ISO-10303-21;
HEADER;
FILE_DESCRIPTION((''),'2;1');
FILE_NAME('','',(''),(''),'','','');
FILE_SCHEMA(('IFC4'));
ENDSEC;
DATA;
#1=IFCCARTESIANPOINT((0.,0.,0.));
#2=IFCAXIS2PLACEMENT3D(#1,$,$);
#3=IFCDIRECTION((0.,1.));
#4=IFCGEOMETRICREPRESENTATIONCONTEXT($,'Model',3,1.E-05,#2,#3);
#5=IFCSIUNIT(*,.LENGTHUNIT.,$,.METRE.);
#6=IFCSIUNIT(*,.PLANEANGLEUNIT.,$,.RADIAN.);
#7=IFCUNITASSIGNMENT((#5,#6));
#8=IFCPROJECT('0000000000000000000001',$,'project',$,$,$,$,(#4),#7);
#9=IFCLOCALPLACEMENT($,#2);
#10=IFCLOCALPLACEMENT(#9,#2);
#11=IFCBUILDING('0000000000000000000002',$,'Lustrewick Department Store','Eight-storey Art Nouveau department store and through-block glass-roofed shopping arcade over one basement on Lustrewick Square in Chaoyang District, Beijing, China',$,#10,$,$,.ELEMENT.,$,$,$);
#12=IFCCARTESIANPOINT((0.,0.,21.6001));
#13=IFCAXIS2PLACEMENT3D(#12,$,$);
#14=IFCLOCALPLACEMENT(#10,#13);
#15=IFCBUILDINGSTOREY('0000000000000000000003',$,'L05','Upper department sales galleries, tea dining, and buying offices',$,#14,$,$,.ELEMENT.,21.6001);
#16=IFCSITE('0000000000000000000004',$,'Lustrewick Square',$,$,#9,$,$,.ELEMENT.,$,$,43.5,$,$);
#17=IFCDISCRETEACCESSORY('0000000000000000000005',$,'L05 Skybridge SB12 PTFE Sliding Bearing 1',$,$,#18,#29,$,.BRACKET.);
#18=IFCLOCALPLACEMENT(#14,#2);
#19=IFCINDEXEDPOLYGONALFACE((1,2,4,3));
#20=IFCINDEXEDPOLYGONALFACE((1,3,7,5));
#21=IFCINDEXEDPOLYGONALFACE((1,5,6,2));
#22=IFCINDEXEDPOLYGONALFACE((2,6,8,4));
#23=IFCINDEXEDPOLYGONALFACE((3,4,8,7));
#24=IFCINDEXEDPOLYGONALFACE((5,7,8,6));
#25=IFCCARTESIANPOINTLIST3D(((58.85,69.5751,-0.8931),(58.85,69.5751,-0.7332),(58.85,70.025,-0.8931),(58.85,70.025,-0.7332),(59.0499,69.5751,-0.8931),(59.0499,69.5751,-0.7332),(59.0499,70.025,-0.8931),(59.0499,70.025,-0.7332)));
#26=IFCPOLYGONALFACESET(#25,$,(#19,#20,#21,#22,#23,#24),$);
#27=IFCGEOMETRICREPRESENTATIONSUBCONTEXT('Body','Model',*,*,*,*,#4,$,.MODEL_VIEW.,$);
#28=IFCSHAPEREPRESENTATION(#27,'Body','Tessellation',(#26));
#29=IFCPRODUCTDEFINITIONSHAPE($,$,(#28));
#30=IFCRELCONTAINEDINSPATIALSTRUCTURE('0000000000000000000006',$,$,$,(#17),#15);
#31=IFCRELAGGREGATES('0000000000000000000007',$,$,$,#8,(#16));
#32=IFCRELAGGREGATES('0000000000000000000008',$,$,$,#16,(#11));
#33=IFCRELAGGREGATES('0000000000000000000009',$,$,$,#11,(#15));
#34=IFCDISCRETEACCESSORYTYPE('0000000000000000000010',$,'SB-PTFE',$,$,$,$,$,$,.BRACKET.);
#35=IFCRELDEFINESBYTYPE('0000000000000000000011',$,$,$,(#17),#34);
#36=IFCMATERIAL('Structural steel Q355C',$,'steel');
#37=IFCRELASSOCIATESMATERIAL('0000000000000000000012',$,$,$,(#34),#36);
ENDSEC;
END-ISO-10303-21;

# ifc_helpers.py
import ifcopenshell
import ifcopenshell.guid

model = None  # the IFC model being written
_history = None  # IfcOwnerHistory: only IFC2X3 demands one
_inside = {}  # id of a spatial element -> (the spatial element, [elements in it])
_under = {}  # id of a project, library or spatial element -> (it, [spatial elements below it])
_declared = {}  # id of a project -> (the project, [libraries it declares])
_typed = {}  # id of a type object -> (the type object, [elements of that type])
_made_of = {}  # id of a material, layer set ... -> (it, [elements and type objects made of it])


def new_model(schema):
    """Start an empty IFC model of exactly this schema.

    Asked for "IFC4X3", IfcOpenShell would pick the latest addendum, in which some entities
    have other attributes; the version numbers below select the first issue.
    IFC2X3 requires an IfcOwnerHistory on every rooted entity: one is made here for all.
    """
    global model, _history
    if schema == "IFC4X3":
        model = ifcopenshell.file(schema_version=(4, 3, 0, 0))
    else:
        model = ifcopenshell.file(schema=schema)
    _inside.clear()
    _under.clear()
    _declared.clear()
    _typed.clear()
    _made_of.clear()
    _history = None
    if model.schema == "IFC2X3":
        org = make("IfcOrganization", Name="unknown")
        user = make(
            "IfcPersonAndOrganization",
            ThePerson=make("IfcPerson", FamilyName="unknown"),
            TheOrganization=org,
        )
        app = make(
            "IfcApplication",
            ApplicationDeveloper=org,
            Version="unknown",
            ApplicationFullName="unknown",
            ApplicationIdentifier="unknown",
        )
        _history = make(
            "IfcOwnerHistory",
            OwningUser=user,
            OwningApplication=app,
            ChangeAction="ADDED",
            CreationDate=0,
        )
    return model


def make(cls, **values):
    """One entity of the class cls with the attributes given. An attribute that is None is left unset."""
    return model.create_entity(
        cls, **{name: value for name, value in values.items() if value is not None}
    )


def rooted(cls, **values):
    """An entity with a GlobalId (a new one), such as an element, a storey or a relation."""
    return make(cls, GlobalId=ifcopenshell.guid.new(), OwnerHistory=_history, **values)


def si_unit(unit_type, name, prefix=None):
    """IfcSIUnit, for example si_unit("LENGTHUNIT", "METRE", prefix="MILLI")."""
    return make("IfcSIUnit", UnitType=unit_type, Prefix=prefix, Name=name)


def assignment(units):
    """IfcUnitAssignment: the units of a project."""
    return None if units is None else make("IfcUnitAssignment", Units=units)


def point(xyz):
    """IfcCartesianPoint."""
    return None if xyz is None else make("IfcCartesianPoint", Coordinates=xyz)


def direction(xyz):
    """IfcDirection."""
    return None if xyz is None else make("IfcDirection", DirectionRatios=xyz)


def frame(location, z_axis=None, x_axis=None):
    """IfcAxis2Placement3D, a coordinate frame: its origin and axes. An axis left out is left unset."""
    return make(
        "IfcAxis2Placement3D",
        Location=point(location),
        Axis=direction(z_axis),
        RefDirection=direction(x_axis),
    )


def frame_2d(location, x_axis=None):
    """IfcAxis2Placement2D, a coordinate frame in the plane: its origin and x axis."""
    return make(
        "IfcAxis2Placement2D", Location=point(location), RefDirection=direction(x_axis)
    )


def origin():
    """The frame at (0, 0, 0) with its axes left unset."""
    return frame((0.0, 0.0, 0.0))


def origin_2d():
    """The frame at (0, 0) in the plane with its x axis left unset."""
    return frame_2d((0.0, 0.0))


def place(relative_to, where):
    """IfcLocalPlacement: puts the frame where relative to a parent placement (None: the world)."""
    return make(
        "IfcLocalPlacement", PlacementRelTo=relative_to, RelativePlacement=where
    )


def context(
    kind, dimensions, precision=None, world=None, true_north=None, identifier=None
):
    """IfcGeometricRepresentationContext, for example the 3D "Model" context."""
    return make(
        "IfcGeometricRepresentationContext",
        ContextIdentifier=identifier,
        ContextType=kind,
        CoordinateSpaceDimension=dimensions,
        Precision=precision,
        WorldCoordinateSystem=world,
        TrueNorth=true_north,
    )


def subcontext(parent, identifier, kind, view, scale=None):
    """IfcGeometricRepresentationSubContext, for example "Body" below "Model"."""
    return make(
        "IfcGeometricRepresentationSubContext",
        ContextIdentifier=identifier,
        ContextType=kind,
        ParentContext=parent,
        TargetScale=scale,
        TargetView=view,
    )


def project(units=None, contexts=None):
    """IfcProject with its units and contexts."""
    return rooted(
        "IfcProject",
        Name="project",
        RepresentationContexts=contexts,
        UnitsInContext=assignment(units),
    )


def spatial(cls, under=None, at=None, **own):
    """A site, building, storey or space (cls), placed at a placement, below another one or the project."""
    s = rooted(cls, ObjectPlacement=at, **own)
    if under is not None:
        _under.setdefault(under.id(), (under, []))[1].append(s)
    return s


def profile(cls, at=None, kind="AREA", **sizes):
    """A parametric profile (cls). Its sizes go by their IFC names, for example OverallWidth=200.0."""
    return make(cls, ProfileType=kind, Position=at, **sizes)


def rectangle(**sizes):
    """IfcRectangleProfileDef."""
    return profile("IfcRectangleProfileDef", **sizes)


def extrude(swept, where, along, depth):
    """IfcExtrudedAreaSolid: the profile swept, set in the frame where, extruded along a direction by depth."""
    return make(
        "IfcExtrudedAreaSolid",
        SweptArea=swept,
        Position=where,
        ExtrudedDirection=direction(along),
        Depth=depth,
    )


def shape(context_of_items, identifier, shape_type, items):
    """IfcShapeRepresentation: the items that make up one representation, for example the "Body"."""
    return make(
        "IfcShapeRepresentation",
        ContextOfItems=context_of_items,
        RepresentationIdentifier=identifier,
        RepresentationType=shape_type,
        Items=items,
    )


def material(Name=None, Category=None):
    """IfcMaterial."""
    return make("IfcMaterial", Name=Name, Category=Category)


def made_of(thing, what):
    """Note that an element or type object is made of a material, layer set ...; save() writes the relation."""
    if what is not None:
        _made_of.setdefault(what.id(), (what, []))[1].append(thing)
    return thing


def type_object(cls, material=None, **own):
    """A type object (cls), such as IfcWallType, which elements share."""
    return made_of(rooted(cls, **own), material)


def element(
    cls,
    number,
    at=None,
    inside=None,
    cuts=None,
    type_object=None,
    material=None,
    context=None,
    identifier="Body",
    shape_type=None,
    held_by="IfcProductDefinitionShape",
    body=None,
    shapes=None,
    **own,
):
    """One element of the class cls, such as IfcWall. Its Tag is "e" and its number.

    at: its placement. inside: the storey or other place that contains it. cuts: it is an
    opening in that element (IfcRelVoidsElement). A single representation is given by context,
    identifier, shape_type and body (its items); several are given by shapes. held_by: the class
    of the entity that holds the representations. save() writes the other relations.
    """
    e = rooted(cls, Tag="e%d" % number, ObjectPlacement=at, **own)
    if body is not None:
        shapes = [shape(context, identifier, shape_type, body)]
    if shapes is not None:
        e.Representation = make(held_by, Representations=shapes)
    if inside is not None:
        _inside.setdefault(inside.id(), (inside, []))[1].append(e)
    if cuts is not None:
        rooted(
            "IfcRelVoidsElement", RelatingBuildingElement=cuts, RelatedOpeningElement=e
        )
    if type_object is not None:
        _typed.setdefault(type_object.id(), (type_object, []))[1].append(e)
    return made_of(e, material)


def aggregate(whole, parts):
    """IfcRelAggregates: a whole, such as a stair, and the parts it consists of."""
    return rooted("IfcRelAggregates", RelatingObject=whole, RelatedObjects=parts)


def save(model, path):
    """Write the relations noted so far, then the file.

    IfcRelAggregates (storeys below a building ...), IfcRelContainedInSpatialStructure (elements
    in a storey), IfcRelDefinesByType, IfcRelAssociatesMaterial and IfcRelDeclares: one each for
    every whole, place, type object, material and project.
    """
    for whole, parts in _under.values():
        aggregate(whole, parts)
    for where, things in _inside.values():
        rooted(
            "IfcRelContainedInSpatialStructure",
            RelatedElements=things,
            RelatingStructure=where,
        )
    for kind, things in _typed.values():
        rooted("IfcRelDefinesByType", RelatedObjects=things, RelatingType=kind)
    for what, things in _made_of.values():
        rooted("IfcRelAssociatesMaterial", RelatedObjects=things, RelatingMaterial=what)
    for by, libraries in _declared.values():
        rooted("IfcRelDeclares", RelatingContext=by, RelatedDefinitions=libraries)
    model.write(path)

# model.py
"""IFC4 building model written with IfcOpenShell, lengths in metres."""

from ifc_helpers import new_model, si_unit, direction, frame, origin, origin_2d, place, context, subcontext, project, spatial, rectangle, extrude, material, type_object, element, save


model = new_model("IFC4")

# Units and contexts
model_context = context("Model", 3, precision=1e-05, world=origin(), true_north=direction((0.0, 1.0)))
body_context = subcontext(model_context, "Body", "Model", "MODEL_VIEW")
ifc_project = project(units=[si_unit("LENGTHUNIT", "METRE"), si_unit("PLANEANGLEUNIT", "RADIAN")], contexts=[model_context])

# Site, building, storey
site_placement = place(None, origin())
site = spatial("IfcSite", under=ifc_project, at=site_placement, Name="Lustrewick Square", CompositionType="ELEMENT", RefElevation=43.5)
building_placement = place(site_placement, origin())
building = spatial("IfcBuilding", under=site, at=building_placement, Name="Lustrewick Department Store", Description="Eight-storey Art Nouveau department store and through-block glass-roofed shopping arcade over one basement on Lustrewick Square in Chaoyang District, Beijing, China", CompositionType="ELEMENT")
storey_placement = place(building_placement, frame((0.0, 0.0, 21.6001)))
storey = spatial("IfcBuildingStorey", under=building, at=storey_placement, Name="L05", Description="Upper department sales galleries, tea dining, and buying offices", CompositionType="ELEMENT", Elevation=21.6001)

# Shared definitions
ifc_material_1 = material(Name="Structural steel Q355C", Category="steel")

# Discrete accessory
discrete_accessory_type_1 = type_object("IfcDiscreteAccessoryType", Name="SB-PTFE", PredefinedType="BRACKET", material=ifc_material_1)
discrete_accessory_1_placement = place(storey_placement, frame((58.95, 69.8, -0.8931), z_axis=(0.0, 0.0, 1.0), x_axis=(1.0, 0.0, 0.0)))
element("IfcDiscreteAccessory", 1, at=discrete_accessory_1_placement, inside=storey, type_object=discrete_accessory_type_1, Name="L05 Skybridge SB12 PTFE Sliding Bearing 1", PredefinedType="BRACKET", context=body_context, shape_type="SweptSolid", body=[
    extrude(rectangle(XDim=0.2, YDim=0.45, at=origin_2d()), origin(), (0.0, 0.0, 1.0), 0.1599),
])

save(model, "model.ifc")
